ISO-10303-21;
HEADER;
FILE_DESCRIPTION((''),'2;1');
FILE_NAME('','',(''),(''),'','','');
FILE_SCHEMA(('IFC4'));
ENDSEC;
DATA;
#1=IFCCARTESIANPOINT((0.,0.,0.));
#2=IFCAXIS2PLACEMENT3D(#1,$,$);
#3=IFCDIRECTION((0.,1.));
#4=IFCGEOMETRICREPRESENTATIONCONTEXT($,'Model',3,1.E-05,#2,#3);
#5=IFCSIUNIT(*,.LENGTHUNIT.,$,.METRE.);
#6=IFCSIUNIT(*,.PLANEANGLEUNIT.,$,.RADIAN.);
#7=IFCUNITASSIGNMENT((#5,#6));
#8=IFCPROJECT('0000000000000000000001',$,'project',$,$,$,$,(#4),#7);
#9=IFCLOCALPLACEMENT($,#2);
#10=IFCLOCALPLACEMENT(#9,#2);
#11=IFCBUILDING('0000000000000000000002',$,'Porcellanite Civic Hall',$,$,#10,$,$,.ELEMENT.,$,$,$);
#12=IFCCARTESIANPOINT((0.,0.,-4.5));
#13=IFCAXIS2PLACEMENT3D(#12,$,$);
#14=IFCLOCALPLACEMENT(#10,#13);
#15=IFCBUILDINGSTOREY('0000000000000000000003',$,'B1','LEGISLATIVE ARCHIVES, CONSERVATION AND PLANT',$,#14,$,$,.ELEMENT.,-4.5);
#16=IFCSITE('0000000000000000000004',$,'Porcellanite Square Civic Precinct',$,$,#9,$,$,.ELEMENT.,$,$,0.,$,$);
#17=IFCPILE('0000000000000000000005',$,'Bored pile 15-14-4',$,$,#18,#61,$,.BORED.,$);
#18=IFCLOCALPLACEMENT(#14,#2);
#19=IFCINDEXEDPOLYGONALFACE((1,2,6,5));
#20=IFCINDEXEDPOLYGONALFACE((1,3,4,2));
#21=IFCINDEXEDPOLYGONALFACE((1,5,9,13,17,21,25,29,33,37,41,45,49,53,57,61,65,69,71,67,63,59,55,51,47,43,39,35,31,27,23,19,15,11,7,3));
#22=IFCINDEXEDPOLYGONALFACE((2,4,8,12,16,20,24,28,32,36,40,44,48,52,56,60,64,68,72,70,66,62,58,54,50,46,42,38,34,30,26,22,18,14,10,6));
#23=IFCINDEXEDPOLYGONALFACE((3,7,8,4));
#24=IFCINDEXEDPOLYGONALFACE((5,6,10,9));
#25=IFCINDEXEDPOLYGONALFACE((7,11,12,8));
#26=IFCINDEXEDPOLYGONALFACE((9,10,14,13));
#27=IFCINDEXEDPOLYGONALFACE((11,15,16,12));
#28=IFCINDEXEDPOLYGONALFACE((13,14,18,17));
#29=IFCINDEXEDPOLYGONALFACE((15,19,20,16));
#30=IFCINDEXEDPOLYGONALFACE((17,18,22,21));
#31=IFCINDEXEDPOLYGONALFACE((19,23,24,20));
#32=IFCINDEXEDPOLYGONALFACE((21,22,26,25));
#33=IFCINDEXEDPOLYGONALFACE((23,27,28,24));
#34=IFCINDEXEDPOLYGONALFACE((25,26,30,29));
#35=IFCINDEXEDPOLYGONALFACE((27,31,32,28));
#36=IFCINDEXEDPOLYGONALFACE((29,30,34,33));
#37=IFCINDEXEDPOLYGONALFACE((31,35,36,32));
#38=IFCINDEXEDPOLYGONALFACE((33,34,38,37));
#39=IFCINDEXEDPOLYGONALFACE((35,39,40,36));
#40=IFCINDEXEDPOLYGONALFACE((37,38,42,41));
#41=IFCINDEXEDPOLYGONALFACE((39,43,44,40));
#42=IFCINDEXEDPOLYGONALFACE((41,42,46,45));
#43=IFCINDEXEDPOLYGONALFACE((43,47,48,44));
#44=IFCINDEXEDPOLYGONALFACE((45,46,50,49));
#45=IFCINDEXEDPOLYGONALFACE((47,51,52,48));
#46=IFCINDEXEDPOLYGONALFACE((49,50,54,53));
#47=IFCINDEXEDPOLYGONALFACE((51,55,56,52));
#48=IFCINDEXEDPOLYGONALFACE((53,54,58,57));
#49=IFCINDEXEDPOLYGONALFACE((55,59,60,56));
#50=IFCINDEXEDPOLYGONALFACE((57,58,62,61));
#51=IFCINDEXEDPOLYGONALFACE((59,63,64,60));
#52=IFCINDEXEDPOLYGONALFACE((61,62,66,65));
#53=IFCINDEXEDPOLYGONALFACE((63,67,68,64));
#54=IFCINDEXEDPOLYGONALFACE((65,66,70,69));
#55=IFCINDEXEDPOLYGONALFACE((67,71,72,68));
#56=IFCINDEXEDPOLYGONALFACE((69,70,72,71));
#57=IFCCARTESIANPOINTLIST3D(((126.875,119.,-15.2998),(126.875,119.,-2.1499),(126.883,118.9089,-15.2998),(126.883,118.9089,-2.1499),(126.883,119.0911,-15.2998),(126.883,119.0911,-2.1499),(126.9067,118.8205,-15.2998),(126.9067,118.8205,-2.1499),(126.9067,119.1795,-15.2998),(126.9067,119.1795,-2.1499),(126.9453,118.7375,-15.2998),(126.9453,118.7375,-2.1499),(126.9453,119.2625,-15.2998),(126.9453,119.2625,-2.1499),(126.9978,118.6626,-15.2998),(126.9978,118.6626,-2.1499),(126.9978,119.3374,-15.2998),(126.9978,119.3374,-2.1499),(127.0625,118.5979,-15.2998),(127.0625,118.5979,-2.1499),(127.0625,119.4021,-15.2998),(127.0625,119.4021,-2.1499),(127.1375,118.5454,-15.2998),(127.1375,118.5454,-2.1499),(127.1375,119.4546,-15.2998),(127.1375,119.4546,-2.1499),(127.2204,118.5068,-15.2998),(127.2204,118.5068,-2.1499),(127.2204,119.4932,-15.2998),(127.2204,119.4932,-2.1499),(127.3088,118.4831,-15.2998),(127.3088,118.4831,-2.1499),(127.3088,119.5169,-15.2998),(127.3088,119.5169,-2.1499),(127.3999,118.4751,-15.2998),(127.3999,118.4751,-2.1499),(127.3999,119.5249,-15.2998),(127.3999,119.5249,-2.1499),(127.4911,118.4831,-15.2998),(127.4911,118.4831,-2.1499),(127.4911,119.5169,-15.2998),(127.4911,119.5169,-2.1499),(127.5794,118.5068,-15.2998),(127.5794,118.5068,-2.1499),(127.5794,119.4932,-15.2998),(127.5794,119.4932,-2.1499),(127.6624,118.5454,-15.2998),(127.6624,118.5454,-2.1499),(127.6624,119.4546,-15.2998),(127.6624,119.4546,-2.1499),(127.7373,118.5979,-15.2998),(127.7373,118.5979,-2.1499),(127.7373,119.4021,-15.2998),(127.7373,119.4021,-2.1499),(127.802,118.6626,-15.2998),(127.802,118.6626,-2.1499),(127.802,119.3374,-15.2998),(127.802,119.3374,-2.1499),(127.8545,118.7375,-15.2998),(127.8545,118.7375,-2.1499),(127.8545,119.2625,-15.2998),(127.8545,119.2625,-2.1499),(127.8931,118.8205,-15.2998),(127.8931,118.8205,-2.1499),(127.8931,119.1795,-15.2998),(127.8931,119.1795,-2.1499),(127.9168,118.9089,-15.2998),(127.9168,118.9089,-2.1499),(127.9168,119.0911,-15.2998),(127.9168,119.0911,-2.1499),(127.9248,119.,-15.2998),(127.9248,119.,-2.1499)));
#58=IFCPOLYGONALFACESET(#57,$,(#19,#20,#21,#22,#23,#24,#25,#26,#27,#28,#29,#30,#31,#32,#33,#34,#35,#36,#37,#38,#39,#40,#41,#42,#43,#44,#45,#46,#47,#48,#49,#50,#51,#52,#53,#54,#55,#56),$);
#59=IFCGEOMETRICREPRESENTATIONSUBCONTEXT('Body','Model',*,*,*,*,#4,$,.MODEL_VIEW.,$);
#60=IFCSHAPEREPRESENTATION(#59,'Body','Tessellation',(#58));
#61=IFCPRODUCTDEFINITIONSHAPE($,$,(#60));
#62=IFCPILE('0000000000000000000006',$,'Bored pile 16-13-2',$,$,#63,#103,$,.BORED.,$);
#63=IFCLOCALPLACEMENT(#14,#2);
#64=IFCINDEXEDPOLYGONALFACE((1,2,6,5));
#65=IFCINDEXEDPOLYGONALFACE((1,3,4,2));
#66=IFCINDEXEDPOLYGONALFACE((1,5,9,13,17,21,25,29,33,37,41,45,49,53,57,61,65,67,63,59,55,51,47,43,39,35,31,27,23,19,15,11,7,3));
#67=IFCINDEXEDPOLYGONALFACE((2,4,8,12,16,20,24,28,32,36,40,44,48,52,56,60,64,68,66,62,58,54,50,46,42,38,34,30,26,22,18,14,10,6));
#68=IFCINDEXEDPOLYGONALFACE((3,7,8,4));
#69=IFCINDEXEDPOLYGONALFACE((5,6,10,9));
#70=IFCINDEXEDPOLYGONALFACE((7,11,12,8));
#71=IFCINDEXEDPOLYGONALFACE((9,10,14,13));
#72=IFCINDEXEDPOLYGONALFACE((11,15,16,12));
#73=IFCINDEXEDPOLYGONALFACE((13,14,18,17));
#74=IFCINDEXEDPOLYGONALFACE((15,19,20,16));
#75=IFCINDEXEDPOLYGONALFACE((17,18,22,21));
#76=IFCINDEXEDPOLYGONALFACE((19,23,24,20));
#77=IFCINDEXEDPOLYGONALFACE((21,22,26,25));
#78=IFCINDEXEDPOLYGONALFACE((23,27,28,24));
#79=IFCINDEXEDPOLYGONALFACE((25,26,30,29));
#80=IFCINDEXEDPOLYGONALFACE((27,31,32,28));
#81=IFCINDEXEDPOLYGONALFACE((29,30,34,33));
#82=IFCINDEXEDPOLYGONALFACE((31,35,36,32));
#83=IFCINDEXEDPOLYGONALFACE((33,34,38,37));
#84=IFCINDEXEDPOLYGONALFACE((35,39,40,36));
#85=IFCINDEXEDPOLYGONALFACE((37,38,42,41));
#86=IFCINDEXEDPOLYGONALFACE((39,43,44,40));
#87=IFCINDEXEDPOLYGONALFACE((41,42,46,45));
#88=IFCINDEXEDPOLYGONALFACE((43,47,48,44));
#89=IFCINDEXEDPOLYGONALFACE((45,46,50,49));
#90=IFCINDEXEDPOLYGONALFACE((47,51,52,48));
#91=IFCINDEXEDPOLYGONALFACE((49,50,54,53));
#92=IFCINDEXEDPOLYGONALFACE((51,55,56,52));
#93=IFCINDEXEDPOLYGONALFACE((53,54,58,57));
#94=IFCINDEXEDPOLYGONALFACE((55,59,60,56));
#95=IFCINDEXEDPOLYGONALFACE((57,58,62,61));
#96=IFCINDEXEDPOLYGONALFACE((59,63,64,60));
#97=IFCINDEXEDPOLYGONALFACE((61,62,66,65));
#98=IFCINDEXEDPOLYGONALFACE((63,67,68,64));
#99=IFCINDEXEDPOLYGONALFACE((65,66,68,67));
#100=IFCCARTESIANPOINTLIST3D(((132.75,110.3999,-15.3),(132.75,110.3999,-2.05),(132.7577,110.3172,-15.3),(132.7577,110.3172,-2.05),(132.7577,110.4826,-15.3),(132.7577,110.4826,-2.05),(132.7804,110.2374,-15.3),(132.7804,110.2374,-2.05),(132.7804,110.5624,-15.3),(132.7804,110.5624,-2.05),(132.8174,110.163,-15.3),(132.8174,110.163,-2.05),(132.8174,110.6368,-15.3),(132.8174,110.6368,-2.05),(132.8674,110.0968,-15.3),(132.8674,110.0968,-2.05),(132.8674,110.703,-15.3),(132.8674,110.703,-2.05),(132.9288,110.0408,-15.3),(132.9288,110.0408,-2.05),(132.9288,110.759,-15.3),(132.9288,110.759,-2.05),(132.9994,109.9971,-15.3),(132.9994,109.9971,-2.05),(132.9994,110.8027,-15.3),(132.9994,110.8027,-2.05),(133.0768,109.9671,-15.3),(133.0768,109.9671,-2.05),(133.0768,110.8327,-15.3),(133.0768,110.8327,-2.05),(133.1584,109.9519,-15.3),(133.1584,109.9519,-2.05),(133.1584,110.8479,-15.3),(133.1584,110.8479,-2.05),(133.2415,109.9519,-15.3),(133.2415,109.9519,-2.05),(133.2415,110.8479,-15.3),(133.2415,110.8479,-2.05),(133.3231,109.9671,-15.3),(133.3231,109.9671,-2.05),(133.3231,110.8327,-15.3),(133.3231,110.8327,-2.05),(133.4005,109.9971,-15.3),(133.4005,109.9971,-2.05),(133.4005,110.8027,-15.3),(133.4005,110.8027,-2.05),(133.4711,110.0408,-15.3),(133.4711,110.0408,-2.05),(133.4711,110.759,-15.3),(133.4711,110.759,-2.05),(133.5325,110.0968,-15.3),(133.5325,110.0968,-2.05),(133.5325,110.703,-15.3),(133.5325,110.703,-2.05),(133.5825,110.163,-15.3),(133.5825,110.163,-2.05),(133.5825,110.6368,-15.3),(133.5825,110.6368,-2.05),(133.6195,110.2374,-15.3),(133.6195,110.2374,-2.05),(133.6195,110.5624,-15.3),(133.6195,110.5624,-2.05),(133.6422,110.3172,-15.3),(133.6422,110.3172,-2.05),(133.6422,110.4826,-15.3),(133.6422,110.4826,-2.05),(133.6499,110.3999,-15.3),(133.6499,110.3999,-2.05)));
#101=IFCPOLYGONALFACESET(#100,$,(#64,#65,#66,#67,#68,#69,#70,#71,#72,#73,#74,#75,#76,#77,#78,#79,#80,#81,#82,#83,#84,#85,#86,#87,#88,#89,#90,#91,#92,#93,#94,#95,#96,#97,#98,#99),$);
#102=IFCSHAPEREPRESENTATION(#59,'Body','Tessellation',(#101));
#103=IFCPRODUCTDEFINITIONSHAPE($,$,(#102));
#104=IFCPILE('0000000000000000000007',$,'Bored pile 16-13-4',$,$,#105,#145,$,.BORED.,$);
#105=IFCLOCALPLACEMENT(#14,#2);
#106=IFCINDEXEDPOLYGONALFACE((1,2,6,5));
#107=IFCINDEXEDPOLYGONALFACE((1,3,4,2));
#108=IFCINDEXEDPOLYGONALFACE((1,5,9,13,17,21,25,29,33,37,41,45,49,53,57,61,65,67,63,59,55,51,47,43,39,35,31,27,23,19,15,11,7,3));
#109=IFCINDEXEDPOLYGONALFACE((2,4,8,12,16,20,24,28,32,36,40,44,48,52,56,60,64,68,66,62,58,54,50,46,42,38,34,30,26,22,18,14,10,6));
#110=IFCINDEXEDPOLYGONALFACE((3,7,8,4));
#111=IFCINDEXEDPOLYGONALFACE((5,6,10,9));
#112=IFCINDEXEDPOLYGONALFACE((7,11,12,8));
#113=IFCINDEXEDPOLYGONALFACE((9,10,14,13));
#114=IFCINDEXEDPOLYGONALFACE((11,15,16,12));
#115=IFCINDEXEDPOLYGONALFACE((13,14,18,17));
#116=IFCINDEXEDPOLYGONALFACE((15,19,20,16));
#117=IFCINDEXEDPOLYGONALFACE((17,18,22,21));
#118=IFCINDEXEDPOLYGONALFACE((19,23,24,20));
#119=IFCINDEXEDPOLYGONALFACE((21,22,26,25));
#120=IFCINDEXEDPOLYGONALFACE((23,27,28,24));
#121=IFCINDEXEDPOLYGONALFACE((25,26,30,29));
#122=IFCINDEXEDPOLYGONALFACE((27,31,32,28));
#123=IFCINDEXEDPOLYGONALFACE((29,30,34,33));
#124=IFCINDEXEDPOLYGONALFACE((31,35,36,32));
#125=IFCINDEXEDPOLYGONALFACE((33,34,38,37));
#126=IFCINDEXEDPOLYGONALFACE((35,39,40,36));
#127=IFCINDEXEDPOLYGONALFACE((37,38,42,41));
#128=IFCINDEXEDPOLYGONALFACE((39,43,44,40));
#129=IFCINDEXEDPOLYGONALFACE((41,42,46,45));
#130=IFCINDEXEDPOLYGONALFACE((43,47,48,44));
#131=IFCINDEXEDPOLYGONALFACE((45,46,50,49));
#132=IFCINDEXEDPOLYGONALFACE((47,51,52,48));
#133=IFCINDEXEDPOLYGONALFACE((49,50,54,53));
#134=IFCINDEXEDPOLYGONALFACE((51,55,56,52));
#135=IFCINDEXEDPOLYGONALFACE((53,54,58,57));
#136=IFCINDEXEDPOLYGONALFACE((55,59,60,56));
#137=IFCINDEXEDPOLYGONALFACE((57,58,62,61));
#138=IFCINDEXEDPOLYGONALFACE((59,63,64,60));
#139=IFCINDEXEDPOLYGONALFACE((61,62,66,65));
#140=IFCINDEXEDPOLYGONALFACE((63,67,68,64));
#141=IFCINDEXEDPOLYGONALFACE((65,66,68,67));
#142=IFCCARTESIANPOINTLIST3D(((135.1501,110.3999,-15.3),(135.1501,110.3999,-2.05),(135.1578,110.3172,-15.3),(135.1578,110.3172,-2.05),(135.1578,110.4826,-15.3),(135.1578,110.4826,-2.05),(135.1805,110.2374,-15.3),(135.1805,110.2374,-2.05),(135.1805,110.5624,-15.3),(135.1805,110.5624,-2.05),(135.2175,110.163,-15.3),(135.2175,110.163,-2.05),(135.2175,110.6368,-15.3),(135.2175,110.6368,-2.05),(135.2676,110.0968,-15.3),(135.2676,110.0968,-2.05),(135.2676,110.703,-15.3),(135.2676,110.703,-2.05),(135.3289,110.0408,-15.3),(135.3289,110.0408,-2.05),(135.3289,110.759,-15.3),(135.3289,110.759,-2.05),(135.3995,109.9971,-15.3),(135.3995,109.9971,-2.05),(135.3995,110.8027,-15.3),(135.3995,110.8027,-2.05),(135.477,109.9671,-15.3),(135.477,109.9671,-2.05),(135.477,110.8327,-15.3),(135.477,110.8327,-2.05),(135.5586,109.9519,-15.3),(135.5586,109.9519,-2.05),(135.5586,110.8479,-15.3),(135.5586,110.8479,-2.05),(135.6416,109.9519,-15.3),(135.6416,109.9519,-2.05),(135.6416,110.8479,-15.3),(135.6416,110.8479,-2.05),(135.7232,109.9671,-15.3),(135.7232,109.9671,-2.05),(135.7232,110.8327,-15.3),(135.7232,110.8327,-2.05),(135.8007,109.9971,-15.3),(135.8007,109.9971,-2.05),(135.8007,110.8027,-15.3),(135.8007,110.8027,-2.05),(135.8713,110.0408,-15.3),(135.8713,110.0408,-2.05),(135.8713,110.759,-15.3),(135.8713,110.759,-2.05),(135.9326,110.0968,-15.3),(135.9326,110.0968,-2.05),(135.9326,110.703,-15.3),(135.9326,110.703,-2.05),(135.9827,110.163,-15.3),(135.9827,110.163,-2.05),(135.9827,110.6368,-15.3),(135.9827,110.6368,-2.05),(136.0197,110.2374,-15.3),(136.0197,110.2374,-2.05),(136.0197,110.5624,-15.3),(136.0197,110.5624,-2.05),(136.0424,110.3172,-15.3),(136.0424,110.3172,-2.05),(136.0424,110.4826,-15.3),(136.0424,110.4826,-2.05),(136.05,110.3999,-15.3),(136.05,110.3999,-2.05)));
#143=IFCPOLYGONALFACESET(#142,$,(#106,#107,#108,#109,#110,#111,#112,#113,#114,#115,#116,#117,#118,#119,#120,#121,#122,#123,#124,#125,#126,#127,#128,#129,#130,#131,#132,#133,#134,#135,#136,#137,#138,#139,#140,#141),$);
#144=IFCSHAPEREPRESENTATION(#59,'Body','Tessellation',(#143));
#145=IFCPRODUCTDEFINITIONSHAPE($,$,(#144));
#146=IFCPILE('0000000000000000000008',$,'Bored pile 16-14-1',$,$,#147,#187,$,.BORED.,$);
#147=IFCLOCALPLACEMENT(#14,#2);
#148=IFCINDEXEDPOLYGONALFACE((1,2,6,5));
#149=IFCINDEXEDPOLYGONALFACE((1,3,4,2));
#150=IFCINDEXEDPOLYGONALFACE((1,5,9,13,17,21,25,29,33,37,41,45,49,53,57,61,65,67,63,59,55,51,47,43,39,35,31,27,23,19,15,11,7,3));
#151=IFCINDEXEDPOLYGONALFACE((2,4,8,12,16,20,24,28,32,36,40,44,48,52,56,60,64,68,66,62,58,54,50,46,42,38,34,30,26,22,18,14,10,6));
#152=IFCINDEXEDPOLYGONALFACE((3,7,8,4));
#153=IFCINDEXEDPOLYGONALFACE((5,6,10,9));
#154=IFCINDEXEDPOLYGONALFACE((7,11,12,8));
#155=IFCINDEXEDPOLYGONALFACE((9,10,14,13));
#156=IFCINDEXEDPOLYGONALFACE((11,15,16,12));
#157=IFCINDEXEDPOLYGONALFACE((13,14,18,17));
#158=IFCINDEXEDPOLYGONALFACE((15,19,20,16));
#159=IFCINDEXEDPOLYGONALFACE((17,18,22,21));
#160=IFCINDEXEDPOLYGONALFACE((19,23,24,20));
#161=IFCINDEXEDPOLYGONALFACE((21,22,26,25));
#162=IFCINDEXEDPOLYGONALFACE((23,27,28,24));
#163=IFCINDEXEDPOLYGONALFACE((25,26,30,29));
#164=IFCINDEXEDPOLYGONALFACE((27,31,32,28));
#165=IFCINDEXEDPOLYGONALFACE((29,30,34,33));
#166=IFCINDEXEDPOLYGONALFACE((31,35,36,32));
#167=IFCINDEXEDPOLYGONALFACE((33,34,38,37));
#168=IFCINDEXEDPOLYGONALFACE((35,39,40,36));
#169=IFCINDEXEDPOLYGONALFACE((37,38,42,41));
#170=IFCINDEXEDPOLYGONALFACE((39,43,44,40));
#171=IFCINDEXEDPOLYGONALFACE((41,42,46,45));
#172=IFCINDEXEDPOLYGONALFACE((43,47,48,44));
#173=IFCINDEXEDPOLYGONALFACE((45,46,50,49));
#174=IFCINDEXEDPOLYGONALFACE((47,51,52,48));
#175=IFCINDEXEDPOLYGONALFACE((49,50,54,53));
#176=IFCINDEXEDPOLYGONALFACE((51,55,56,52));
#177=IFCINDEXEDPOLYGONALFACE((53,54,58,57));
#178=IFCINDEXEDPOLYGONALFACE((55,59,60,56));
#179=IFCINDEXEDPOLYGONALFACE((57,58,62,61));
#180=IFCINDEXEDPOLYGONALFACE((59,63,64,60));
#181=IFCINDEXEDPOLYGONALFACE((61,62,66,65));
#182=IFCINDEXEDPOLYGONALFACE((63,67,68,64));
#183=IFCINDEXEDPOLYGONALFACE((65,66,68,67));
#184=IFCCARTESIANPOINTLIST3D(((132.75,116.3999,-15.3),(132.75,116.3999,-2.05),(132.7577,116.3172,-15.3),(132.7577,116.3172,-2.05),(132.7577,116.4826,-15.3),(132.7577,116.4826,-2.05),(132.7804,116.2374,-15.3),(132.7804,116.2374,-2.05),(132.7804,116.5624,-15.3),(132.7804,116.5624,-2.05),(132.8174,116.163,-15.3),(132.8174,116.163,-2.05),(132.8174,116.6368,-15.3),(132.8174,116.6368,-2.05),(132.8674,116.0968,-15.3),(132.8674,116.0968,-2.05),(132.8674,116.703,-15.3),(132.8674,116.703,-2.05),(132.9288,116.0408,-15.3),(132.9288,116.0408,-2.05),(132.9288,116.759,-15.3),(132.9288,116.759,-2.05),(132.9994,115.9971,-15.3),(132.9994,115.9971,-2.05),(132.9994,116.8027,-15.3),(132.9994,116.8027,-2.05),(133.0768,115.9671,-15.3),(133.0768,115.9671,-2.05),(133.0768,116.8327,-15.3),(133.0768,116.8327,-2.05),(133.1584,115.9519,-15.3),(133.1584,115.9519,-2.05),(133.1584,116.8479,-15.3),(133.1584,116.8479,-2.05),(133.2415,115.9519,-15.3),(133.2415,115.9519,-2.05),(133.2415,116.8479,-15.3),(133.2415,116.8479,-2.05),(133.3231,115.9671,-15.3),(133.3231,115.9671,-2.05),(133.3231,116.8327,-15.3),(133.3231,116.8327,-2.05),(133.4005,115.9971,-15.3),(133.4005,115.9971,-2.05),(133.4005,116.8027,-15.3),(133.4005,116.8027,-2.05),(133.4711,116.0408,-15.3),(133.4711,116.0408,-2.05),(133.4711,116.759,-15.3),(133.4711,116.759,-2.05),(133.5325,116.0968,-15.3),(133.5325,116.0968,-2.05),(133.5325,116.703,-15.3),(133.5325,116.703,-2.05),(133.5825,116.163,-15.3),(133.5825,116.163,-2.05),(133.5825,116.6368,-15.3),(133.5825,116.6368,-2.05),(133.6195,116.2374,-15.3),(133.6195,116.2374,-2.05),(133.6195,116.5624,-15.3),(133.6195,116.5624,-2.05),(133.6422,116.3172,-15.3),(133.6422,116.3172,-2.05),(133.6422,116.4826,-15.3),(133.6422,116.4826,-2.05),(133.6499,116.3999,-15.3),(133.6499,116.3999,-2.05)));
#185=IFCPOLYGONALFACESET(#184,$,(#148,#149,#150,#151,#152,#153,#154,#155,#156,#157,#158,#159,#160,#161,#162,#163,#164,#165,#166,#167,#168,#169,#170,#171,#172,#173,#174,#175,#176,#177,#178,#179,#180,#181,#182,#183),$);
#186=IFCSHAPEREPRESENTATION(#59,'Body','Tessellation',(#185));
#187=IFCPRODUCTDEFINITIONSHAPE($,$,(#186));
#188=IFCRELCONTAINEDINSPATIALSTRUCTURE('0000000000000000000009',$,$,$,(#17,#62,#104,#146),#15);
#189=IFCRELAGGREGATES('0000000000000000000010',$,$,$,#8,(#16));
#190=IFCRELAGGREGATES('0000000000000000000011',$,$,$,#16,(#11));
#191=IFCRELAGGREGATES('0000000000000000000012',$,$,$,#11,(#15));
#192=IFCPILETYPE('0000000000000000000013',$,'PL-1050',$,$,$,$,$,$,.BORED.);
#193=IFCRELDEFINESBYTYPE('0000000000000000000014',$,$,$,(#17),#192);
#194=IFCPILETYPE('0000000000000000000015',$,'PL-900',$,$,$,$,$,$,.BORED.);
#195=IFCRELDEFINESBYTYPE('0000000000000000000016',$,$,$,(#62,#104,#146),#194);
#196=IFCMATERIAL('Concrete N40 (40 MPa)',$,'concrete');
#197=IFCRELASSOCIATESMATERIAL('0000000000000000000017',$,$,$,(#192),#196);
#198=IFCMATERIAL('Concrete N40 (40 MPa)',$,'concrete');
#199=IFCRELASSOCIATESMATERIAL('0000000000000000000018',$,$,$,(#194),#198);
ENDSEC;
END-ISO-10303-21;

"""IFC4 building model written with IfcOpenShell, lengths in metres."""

from ifc_helpers import new_model, si_unit, direction, frame, origin, origin_2d, place, context, subcontext, project, spatial, circle, extrude, material, material_profile, profile_set, type_object, element, save


model = new_model("IFC4")

# Units and contexts
model_context = context("Model", 3, precision=1e-05, world=origin(), true_north=direction((0.0, 1.0)))
body_context = subcontext(model_context, "Body", "Model", "MODEL_VIEW")
ifc_project = project(units=[si_unit("LENGTHUNIT", "METRE"), si_unit("PLANEANGLEUNIT", "RADIAN")], contexts=[model_context])

# Site, building, storey
site_placement = place(None, origin())
site = spatial("IfcSite", under=ifc_project, at=site_placement, Name="Porcellanite Square Civic Precinct", CompositionType="ELEMENT", RefElevation=0.0)
building_placement = place(site_placement, origin())
building = spatial("IfcBuilding", under=site, at=building_placement, Name="Porcellanite Civic Hall", CompositionType="ELEMENT")
storey_placement = place(building_placement, frame((0.0, 0.0, -4.5)))
storey = spatial("IfcBuildingStorey", under=building, at=storey_placement, Name="B1", Description="LEGISLATIVE ARCHIVES, CONSERVATION AND PLANT", CompositionType="ELEMENT", Elevation=-4.5)

# Piles
ifc_material_1 = material(Name="Concrete N40 (40 MPa)", Category="concrete")
ifc_material_profile_1 = material_profile(ifc_material_1, circle(Radius=0.5249, at=origin_2d()), Name="PILE-D1050")
ifc_profile_set_1 = profile_set([ifc_material_profile_1], Name="Concrete N40 (40 MPa)")
pile_type_1 = type_object("IfcPileType", Name="PL-1050", PredefinedType="BORED", material=ifc_profile_set_1)
for number, where, z_axis, x_axis, name in (
    (1, (127.3999, 119.0, -2.1499), (0.0, 0.0, -1.0), (1.0, 0.0, 0.0), "Bored pile 15-14-4"),
):
    element("IfcPile", number, at=place(storey_placement, frame(where, z_axis=z_axis, x_axis=x_axis)), inside=storey, type_object=pile_type_1, Name=name, PredefinedType="BORED", context=body_context, shape_type="SweptSolid", body=[
        extrude(circle(Radius=0.5249, at=origin_2d()), origin(), (0.0, 0.0, 1.0), 13.1499),
    ])
ifc_material_2 = material(Name="Concrete N40 (40 MPa)", Category="concrete")
ifc_material_profile_2 = material_profile(ifc_material_2, circle(Radius=0.45, at=origin_2d()), Name="PILE-D900")
ifc_profile_set_2 = profile_set([ifc_material_profile_2], Name="Concrete N40 (40 MPa)")
pile_type_2 = type_object("IfcPileType", Name="PL-900", PredefinedType="BORED", material=ifc_profile_set_2)
for number, where, z_axis, x_axis, name in (
    (2, (133.2, 110.3999, -2.05), (0.0, 0.0, -1.0), (1.0, 0.0, 0.0), "Bored pile 16-13-2"),
    (3, (135.6001, 110.3999, -2.05), (0.0, 0.0, -1.0), (1.0, 0.0, 0.0), "Bored pile 16-13-4"),
    (4, (133.2, 116.3999, -2.05), (0.0, 0.0, -1.0), (1.0, 0.0, 0.0), "Bored pile 16-14-1"),
):
    element("IfcPile", number, at=place(storey_placement, frame(where, z_axis=z_axis, x_axis=x_axis)), inside=storey, type_object=pile_type_2, Name=name, PredefinedType="BORED", context=body_context, shape_type="SweptSolid", body=[
        extrude(circle(Radius=0.45, at=origin_2d()), origin(), (0.0, 0.0, 1.0), 13.25),
    ])

save(model, "model.ifc")
